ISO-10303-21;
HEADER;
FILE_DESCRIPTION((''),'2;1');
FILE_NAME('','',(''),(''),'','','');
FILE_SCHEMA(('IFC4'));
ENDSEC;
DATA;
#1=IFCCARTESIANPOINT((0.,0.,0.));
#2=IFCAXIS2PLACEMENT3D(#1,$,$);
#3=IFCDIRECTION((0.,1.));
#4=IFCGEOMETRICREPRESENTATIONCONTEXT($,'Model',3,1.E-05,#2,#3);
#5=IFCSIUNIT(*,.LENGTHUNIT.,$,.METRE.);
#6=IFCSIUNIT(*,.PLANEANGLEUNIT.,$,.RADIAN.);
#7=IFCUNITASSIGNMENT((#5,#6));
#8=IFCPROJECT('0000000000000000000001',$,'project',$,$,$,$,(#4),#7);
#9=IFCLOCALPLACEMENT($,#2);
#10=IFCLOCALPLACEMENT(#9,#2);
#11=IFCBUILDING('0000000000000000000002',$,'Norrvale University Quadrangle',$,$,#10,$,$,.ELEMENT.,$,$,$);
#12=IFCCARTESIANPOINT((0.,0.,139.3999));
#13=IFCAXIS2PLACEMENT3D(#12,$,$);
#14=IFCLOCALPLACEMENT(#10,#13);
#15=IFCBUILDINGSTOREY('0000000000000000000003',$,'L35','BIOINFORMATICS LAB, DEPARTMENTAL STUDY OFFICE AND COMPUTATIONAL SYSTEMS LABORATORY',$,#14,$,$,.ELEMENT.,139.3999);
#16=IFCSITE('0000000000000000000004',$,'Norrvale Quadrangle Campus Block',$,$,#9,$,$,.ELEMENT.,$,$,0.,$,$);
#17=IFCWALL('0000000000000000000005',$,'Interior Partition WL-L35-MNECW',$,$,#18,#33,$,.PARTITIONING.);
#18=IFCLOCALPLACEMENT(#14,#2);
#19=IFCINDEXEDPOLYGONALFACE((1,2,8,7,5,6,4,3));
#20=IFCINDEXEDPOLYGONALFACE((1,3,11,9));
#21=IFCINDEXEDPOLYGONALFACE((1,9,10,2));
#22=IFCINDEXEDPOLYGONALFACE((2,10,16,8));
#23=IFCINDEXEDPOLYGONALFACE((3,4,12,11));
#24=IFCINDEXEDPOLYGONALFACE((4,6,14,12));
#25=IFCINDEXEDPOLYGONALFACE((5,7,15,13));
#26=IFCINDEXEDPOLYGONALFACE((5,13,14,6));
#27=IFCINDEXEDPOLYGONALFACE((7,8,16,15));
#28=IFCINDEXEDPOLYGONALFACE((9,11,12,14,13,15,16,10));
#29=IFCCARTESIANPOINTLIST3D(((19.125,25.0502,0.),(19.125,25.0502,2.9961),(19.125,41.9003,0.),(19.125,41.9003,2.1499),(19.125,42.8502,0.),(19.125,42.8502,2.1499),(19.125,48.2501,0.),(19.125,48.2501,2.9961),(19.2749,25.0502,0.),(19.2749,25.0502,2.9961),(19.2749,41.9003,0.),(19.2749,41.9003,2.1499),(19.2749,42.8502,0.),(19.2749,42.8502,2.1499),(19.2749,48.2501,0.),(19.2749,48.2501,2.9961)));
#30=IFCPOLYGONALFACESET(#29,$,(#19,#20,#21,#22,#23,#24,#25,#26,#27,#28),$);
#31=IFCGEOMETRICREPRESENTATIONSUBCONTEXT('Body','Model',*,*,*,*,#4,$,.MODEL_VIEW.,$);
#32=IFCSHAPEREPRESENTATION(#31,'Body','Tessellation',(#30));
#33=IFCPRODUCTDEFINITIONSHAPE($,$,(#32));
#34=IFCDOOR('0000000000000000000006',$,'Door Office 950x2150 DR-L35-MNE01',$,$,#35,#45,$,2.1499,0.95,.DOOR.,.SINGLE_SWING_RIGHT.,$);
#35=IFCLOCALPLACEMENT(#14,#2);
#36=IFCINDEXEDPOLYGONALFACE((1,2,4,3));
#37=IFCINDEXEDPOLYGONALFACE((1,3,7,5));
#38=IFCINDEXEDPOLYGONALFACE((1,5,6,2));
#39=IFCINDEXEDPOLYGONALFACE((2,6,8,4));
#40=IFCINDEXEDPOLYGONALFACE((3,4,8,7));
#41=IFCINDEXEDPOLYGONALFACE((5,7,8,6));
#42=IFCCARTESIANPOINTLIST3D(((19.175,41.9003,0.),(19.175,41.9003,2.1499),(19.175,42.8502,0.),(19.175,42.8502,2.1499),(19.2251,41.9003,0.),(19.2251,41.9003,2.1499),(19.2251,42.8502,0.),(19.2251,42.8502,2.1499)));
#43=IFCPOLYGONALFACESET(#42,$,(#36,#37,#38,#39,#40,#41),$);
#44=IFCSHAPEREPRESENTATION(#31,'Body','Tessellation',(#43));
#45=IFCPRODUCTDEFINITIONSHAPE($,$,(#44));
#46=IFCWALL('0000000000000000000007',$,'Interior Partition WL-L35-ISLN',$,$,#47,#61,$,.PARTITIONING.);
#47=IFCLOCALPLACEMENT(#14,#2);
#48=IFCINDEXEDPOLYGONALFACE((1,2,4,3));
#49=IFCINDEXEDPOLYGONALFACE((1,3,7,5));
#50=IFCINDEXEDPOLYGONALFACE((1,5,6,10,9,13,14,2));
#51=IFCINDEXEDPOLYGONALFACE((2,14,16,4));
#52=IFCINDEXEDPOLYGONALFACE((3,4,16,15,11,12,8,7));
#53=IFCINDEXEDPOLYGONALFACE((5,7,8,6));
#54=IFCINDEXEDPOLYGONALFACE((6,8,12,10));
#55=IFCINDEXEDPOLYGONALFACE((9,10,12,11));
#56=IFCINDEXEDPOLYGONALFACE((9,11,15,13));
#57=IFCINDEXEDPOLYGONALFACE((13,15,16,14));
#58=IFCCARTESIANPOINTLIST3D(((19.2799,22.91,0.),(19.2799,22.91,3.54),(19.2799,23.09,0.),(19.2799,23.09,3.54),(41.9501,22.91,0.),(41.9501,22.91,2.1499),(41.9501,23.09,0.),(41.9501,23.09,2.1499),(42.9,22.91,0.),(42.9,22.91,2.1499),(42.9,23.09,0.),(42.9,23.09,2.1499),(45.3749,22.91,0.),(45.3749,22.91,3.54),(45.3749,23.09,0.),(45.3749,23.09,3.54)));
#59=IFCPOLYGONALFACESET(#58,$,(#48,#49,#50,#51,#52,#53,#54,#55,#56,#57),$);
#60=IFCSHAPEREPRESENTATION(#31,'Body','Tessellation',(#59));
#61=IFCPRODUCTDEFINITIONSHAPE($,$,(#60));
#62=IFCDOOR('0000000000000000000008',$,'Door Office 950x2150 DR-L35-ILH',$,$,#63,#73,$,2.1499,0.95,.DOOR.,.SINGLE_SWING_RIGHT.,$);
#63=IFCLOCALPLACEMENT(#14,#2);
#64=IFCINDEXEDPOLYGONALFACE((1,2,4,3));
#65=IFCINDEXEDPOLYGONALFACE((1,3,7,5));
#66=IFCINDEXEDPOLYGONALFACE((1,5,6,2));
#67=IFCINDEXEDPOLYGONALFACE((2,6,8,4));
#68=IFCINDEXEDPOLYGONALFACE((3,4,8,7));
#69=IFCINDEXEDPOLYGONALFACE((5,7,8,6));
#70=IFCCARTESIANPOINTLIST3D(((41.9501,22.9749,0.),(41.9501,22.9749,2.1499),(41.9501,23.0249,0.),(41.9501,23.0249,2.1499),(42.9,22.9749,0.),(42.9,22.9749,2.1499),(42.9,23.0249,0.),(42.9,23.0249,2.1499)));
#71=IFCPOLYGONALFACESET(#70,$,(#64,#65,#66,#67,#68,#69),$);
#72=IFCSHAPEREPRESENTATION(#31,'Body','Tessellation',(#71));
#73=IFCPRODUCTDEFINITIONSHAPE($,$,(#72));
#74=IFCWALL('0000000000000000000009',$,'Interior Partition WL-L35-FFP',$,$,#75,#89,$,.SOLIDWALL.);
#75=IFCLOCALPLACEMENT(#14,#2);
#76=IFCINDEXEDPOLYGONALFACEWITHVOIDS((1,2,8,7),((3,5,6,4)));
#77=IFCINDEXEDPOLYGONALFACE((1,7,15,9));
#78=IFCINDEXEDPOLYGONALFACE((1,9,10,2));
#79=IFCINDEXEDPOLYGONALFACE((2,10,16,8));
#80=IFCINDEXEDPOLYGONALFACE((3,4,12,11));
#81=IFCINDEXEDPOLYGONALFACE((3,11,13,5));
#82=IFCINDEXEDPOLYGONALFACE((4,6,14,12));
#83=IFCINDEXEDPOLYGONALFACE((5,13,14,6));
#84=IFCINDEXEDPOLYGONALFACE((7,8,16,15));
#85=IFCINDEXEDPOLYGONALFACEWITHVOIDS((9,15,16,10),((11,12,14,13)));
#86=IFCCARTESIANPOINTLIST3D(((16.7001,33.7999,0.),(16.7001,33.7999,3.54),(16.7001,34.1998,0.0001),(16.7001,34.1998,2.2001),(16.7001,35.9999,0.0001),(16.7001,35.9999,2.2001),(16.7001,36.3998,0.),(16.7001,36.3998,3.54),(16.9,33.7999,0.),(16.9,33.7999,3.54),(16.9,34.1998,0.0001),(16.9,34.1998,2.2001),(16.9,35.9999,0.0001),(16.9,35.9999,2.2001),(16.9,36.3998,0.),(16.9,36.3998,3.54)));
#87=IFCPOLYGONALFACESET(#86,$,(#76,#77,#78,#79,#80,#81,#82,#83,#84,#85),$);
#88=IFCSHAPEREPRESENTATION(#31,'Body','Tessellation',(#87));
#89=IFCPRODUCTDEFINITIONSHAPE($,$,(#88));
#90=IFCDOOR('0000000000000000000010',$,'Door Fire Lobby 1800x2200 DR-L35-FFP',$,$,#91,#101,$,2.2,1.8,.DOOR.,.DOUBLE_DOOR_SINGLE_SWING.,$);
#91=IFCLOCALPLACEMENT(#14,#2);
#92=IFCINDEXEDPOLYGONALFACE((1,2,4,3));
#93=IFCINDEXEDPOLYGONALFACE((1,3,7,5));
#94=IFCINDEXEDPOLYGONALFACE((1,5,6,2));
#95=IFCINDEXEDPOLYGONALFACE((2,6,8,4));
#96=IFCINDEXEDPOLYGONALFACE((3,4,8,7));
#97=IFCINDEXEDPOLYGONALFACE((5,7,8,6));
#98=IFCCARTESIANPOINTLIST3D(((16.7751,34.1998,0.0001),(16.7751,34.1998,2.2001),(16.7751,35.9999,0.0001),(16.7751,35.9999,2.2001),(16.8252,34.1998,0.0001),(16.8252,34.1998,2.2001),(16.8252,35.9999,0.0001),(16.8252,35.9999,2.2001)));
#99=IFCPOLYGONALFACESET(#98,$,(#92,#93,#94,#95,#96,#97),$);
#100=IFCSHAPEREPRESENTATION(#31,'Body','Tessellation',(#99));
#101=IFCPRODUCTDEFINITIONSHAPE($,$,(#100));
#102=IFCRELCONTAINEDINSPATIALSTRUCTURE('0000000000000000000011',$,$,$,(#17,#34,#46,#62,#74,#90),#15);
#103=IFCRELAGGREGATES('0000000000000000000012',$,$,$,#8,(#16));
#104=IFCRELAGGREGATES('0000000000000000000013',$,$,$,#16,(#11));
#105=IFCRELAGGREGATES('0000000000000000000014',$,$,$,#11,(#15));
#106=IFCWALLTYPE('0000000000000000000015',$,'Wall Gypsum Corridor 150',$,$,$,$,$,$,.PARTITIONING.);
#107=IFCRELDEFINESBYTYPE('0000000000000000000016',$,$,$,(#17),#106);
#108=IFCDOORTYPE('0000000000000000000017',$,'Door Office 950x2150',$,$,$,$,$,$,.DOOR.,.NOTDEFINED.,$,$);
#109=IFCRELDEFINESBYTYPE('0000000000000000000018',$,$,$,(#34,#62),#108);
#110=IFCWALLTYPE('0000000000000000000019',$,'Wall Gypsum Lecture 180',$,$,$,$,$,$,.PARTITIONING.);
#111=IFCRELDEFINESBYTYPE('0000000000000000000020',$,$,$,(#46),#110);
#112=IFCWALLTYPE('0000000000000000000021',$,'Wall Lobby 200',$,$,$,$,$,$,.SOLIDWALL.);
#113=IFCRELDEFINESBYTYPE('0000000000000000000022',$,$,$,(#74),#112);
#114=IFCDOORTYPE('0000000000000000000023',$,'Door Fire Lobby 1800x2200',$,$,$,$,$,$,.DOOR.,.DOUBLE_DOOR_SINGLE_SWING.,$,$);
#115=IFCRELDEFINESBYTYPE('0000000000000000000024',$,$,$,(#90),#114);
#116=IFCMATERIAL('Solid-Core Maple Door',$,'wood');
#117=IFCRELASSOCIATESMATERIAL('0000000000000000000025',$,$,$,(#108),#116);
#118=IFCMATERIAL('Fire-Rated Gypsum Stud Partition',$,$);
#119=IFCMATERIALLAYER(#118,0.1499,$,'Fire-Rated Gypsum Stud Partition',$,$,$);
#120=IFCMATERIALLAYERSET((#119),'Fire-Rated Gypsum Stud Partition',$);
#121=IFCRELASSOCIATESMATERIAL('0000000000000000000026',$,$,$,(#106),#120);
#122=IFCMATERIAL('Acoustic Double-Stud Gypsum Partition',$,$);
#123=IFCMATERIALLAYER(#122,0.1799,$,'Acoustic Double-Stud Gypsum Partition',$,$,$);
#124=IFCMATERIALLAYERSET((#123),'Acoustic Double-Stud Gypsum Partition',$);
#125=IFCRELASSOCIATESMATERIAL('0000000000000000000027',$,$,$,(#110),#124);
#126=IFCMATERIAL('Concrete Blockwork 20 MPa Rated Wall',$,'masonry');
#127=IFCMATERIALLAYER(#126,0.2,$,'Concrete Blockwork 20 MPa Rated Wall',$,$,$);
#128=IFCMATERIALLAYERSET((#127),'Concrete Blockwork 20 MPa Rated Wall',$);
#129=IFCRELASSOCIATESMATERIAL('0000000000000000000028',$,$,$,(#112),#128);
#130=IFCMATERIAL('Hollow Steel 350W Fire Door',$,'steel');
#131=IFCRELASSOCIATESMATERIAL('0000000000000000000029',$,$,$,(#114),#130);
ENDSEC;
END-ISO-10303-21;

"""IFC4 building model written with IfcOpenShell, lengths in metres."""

from ifc_helpers import new_model, si_unit, direction, frame, frame_2d, origin, place, context, subcontext, project, spatial, rectangle, extrude, material, layer, layer_set, type_object, element, fill, save


model = new_model("IFC4")

# Units and contexts
model_context = context("Model", 3, precision=1e-05, world=origin(), true_north=direction((0.0, 1.0)))
body_context = subcontext(model_context, "Body", "Model", "MODEL_VIEW")
ifc_project = project(units=[si_unit("LENGTHUNIT", "METRE"), si_unit("PLANEANGLEUNIT", "RADIAN")], contexts=[model_context])

# Site, building, storey
site_placement = place(None, origin())
site = spatial("IfcSite", under=ifc_project, at=site_placement, Name="Norrvale Quadrangle Campus Block", CompositionType="ELEMENT", RefElevation=0.0)
building_placement = place(site_placement, origin())
building = spatial("IfcBuilding", under=site, at=building_placement, Name="Norrvale University Quadrangle", CompositionType="ELEMENT")
storey_placement = place(building_placement, frame((0.0, 0.0, 139.3999)))
storey = spatial("IfcBuildingStorey", under=building, at=storey_placement, Name="L35", Description="BIOINFORMATICS LAB, DEPARTMENTAL STUDY OFFICE AND COMPUTATIONAL SYSTEMS LABORATORY", CompositionType="ELEMENT", Elevation=139.3999)

# Walls, openings, doors
ifc_material_1 = material(Name="Solid-Core Maple Door", Category="wood")
door_type_1 = type_object("IfcDoorType", Name="Door Office 950x2150", OperationType="NOTDEFINED", PredefinedType="DOOR", material=ifc_material_1)
ifc_material_2 = material(Name="Fire-Rated Gypsum Stud Partition")
ifc_layer_1 = layer(ifc_material_2, 0.1499, Name="Fire-Rated Gypsum Stud Partition")
ifc_layer_set_1 = layer_set([ifc_layer_1], Name="Fire-Rated Gypsum Stud Partition")
wall_type_1 = type_object("IfcWallType", Name="Wall Gypsum Corridor 150", PredefinedType="PARTITIONING", material=ifc_layer_set_1)
wall_1_placement = place(storey_placement, frame((19.2, 25.05, 0.0), z_axis=(0.0, 0.0, 1.0), x_axis=(0.0, 1.0, 0.0)))
wall_1 = element("IfcWall", 1, at=wall_1_placement, inside=storey, type_object=wall_type_1, Name="Interior Partition WL-L35-MNECW", PredefinedType="PARTITIONING", context=body_context, shape_type="SweptSolid", body=[
    extrude(rectangle(XDim=23.2, YDim=0.1499, at=frame_2d((11.6001, 0.0))), origin(), (0.0, 0.0, 1.0), 2.9961),
])
opening_1_placement = place(wall_1_placement, frame((16.8501, 0.0, 0.0)))
opening_1 = element("IfcOpeningElement", 2, at=opening_1_placement, cuts=wall_1, PredefinedType="OPENING", context=body_context, shape_type="SweptSolid", body=[
    extrude(rectangle(XDim=0.95, YDim=2.1499, at=frame_2d((0.4751, 1.075))), frame((0.0, 0.0869, 0.0), z_axis=(0.0, -1.0, 0.0), x_axis=(1.0, 0.0, 0.0)), (0.0, 0.0, 1.0), 0.1738),
])
door_1_placement = place(opening_1_placement, origin())
door_1 = element("IfcDoor", 3, at=door_1_placement, inside=storey, type_object=door_type_1, Name="Door Office 950x2150 DR-L35-MNE01", OperationType="SINGLE_SWING_RIGHT", OverallHeight=2.1499, OverallWidth=0.95, PredefinedType="DOOR", context=body_context, shape_type="SweptSolid", body=[
    extrude(rectangle(XDim=0.95, YDim=2.1499, at=frame_2d((0.4751, 1.075))), frame((0.0, 0.0249, 0.0), z_axis=(0.0, -1.0, 0.0), x_axis=(1.0, 0.0, 0.0)), (0.0, 0.0, 1.0), 0.05),
])
fill(opening_1, door_1)
ifc_material_3 = material(Name="Acoustic Double-Stud Gypsum Partition")
ifc_layer_2 = layer(ifc_material_3, 0.1799, Name="Acoustic Double-Stud Gypsum Partition")
ifc_layer_set_2 = layer_set([ifc_layer_2], Name="Acoustic Double-Stud Gypsum Partition")
wall_type_2 = type_object("IfcWallType", Name="Wall Gypsum Lecture 180", PredefinedType="PARTITIONING", material=ifc_layer_set_2)
wall_2_placement = place(storey_placement, frame((19.28, 23.0, 0.0), z_axis=(0.0, 0.0, 1.0), x_axis=(1.0, 0.0, 0.0)))
wall_2 = element("IfcWall", 4, at=wall_2_placement, inside=storey, type_object=wall_type_2, Name="Interior Partition WL-L35-ISLN", PredefinedType="PARTITIONING", context=body_context, shape_type="SweptSolid", body=[
    extrude(rectangle(XDim=26.095, YDim=0.1799, at=frame_2d((13.0474, 0.0))), origin(), (0.0, 0.0, 1.0), 3.54),
])
opening_2_placement = place(wall_2_placement, frame((22.6699, 0.0, 0.0)))
opening_2 = element("IfcOpeningElement", 5, at=opening_2_placement, cuts=wall_2, PredefinedType="OPENING", context=body_context, shape_type="SweptSolid", body=[
    extrude(rectangle(XDim=0.95, YDim=2.1499, at=frame_2d((0.4751, 1.075))), frame((0.0, 0.1021, 0.0), z_axis=(0.0, -1.0, 0.0), x_axis=(1.0, 0.0, 0.0)), (0.0, 0.0, 1.0), 0.2039),
])
door_2_placement = place(opening_2_placement, origin())
door_2 = element("IfcDoor", 6, at=door_2_placement, inside=storey, type_object=door_type_1, Name="Door Office 950x2150 DR-L35-ILH", OperationType="SINGLE_SWING_RIGHT", OverallHeight=2.1499, OverallWidth=0.95, PredefinedType="DOOR", context=body_context, shape_type="SweptSolid", body=[
    extrude(rectangle(XDim=0.95, YDim=2.1499, at=frame_2d((0.4751, 1.075))), frame((0.0, 0.0249, 0.0), z_axis=(0.0, -1.0, 0.0), x_axis=(1.0, 0.0, 0.0)), (0.0, 0.0, 1.0), 0.05),
])
fill(opening_2, door_2)
ifc_material_4 = material(Name="Concrete Blockwork 20 MPa Rated Wall", Category="masonry")
ifc_layer_3 = layer(ifc_material_4, 0.2, Name="Concrete Blockwork 20 MPa Rated Wall")
ifc_layer_set_3 = layer_set([ifc_layer_3], Name="Concrete Blockwork 20 MPa Rated Wall")
wall_type_3 = type_object("IfcWallType", Name="Wall Lobby 200", PredefinedType="SOLIDWALL", material=ifc_layer_set_3)
wall_3_placement = place(storey_placement, frame((16.8, 33.8, 0.0), z_axis=(0.0, 0.0, 1.0), x_axis=(0.0, 1.0, 0.0)))
wall_3 = element("IfcWall", 7, at=wall_3_placement, inside=storey, type_object=wall_type_3, Name="Interior Partition WL-L35-FFP", PredefinedType="SOLIDWALL", context=body_context, shape_type="SweptSolid", body=[
    extrude(rectangle(XDim=2.5999, YDim=0.2, at=frame_2d((1.2998, 0.0))), origin(), (0.0, 0.0, 1.0), 3.54),
])
opening_3_placement = place(wall_3_placement, frame((0.3999, 0.0, 0.0)))
opening_3 = element("IfcOpeningElement", 8, at=opening_3_placement, cuts=wall_3, PredefinedType="OPENING", context=body_context, shape_type="SweptSolid", body=[
    extrude(rectangle(XDim=1.8, YDim=2.2, at=frame_2d((0.8999, 1.1001))), frame((0.0, 0.1121, 0.0), z_axis=(0.0, -1.0, 0.0), x_axis=(1.0, 0.0, 0.0)), (0.0, 0.0, 1.0), 0.2239),
])
ifc_material_5 = material(Name="Hollow Steel 350W Fire Door", Category="steel")
door_type_2 = type_object("IfcDoorType", Name="Door Fire Lobby 1800x2200", OperationType="DOUBLE_DOOR_SINGLE_SWING", PredefinedType="DOOR", material=ifc_material_5)
door_3_placement = place(opening_3_placement, origin())
door_3 = element("IfcDoor", 9, at=door_3_placement, inside=storey, type_object=door_type_2, Name="Door Fire Lobby 1800x2200 DR-L35-FFP", OperationType="DOUBLE_DOOR_SINGLE_SWING", OverallHeight=2.2, OverallWidth=1.8, PredefinedType="DOOR", context=body_context, shape_type="SweptSolid", body=[
    extrude(rectangle(XDim=1.8, YDim=2.2, at=frame_2d((0.8999, 1.1001))), frame((0.0, 0.0249, 0.0), z_axis=(0.0, -1.0, 0.0), x_axis=(1.0, 0.0, 0.0)), (0.0, 0.0, 1.0), 0.05),
])
fill(opening_3, door_3)

save(model, "model.ifc")
